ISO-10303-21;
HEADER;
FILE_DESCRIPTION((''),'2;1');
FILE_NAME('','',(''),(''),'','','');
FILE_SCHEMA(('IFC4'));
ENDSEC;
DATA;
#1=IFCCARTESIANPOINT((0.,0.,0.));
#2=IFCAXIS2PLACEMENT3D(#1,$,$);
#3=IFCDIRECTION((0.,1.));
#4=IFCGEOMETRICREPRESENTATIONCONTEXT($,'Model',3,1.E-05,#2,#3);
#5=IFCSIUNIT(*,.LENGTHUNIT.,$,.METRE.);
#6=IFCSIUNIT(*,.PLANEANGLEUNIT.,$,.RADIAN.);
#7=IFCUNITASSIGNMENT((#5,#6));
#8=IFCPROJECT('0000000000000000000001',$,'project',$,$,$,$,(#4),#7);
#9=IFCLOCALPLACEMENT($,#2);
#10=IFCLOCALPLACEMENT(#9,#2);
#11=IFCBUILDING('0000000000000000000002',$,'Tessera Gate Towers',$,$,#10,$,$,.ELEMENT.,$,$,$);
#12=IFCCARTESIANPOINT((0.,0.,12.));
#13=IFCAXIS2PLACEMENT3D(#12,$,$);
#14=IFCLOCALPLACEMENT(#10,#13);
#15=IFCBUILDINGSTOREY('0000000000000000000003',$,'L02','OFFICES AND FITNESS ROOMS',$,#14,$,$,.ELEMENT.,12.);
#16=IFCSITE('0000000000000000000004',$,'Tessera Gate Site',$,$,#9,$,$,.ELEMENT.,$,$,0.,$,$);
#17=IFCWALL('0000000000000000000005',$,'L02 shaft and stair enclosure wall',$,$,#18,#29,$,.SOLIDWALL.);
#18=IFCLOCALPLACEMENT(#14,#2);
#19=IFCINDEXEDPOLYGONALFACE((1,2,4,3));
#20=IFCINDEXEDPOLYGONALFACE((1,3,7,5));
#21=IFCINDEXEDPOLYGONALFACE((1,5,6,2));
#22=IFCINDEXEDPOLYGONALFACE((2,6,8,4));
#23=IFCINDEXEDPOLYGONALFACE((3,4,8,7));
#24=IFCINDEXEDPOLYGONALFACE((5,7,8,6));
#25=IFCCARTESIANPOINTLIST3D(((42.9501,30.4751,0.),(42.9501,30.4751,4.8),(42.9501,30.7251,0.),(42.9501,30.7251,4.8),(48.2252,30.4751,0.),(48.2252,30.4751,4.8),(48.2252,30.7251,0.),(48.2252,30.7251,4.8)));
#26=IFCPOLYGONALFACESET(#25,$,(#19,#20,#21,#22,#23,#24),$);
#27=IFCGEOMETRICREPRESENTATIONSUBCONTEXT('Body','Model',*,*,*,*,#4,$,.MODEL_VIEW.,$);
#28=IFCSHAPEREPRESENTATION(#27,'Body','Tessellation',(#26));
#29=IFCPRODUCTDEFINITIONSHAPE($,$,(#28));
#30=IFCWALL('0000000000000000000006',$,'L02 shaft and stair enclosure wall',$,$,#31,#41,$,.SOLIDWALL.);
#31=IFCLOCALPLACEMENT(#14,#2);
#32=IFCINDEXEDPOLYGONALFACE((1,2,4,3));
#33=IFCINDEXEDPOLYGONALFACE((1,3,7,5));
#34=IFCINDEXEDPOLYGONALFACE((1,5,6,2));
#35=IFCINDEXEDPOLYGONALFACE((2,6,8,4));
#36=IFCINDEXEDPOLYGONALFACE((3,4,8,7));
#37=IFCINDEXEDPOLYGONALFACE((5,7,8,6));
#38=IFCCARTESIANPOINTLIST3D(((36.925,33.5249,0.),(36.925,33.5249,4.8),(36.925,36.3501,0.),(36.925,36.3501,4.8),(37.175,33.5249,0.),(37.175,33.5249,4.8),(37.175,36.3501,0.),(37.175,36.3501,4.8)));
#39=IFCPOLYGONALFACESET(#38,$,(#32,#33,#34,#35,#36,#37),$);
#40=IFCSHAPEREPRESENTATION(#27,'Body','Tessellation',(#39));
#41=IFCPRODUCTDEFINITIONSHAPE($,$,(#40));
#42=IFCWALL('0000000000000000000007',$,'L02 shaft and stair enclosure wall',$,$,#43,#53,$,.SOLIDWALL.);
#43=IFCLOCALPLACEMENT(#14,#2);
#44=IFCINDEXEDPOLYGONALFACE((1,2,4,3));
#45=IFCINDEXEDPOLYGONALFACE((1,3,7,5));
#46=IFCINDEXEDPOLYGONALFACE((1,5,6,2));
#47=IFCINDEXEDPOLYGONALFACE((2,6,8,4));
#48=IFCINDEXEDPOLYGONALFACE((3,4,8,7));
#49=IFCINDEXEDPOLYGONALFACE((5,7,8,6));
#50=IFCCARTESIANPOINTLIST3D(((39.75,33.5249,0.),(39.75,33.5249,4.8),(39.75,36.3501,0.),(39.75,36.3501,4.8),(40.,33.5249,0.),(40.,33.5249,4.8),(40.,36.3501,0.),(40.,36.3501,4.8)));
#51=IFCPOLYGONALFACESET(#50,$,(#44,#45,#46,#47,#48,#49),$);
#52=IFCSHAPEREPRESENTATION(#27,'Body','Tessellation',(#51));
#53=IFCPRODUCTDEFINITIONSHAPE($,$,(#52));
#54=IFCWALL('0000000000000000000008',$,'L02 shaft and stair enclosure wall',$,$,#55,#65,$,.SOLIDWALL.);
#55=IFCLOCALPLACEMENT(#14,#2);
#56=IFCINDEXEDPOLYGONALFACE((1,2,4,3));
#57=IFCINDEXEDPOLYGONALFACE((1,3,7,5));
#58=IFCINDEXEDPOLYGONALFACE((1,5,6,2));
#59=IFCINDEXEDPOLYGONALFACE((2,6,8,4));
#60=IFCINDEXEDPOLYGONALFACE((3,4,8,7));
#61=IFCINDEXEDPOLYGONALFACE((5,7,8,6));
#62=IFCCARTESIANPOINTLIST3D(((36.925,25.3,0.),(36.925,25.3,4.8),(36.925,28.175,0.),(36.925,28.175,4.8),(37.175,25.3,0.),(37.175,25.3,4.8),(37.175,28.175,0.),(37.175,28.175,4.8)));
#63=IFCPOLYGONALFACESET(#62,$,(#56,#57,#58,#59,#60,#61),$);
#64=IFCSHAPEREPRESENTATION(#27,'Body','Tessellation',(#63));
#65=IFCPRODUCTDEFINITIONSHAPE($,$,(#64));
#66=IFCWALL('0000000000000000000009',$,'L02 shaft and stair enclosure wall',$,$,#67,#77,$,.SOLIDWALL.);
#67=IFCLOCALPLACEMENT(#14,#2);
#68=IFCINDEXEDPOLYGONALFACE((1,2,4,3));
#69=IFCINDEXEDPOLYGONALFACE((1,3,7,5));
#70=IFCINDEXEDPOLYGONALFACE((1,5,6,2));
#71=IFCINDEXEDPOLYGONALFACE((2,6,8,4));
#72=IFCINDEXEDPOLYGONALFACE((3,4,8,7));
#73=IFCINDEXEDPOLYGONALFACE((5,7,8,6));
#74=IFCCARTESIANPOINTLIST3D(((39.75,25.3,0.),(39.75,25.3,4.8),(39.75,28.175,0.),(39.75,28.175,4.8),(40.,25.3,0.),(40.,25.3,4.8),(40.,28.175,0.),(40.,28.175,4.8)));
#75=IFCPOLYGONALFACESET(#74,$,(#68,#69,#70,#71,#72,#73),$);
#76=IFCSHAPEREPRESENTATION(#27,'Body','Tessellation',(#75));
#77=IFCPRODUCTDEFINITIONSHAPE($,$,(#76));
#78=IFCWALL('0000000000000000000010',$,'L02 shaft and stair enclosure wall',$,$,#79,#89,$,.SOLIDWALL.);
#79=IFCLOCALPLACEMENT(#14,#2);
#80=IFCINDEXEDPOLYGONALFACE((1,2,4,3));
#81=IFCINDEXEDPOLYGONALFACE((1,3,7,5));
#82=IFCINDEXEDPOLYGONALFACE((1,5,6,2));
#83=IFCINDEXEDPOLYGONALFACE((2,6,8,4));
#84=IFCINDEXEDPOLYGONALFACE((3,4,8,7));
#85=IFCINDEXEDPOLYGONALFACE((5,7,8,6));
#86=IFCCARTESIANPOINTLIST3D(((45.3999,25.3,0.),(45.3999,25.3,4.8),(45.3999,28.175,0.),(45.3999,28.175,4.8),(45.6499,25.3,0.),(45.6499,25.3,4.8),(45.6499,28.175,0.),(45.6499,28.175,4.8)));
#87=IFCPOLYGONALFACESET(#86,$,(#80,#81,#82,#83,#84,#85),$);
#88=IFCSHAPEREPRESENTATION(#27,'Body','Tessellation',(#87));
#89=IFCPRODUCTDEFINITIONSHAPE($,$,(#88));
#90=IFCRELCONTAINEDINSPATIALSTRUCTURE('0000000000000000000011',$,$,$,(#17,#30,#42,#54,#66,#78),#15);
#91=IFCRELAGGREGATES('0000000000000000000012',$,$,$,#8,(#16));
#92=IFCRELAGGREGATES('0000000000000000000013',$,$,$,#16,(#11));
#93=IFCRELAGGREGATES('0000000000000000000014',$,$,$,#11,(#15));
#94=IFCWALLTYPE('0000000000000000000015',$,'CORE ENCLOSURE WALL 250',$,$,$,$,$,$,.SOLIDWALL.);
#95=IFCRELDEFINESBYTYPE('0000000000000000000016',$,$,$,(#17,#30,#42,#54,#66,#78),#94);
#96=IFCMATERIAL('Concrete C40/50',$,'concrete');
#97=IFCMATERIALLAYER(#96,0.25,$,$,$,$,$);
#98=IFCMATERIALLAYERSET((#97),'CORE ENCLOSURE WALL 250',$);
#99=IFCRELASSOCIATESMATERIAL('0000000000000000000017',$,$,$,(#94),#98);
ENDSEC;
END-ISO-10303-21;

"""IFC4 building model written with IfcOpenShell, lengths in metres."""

from ifc_helpers import new_model, si_unit, direction, frame, frame_2d, origin, place, context, subcontext, project, spatial, rectangle, extrude, material, layer, layer_set, type_object, element, save


model = new_model("IFC4")

# Units and contexts
model_context = context("Model", 3, precision=1e-05, world=origin(), true_north=direction((0.0, 1.0)))
body_context = subcontext(model_context, "Body", "Model", "MODEL_VIEW")
ifc_project = project(units=[si_unit("LENGTHUNIT", "METRE"), si_unit("PLANEANGLEUNIT", "RADIAN")], contexts=[model_context])

# Site, building, storey
site_placement = place(None, origin())
site = spatial("IfcSite", under=ifc_project, at=site_placement, Name="Tessera Gate Site", CompositionType="ELEMENT", RefElevation=0.0)
building_placement = place(site_placement, origin())
building = spatial("IfcBuilding", under=site, at=building_placement, Name="Tessera Gate Towers", CompositionType="ELEMENT")
storey_placement = place(building_placement, frame((0.0, 0.0, 12.0)))
storey = spatial("IfcBuildingStorey", under=building, at=storey_placement, Name="L02", Description="OFFICES AND FITNESS ROOMS", CompositionType="ELEMENT", Elevation=12.0)

# Shared definitions
ifc_material_1 = material(Name="Concrete C40/50", Category="concrete")
ifc_layer = layer(ifc_material_1, 0.25)
ifc_layer_set = layer_set([ifc_layer], Name="CORE ENCLOSURE WALL 250")
wall_type = type_object("IfcWallType", Name="CORE ENCLOSURE WALL 250", PredefinedType="SOLIDWALL", material=ifc_layer_set)

# Walls
wall_1_placement = place(storey_placement, frame((42.95, 30.6001, 0.0), z_axis=(0.0, 0.0, 1.0), x_axis=(1.0, 0.0, 0.0)))
element("IfcWall", 1, at=wall_1_placement, inside=storey, type_object=wall_type, Name="L02 shaft and stair enclosure wall", PredefinedType="SOLIDWALL", context=body_context, shape_type="SweptSolid", body=[
    extrude(rectangle(XDim=5.2751, YDim=0.25, at=frame_2d((2.6377, 0.0))), origin(), (0.0, 0.0, 1.0), 4.8),
])
for number, where, z_axis, x_axis, name in (
    (2, (37.05, 33.5249, 0.0), (0.0, 0.0, 1.0), (0.0, 1.0, 0.0), "L02 shaft and stair enclosure wall"),
    (3, (39.875, 33.5249, 0.0), (0.0, 0.0, 1.0), (0.0, 1.0, 0.0), "L02 shaft and stair enclosure wall"),
):
    element("IfcWall", number, at=place(storey_placement, frame(where, z_axis=z_axis, x_axis=x_axis)), inside=storey, type_object=wall_type, Name=name, PredefinedType="SOLIDWALL", context=body_context, shape_type="SweptSolid", body=[
        extrude(rectangle(XDim=2.8252, YDim=0.25, at=frame_2d((1.4126, 0.0))), origin(), (0.0, 0.0, 1.0), 4.8),
    ])
for number, where, z_axis, x_axis, name in (
    (4, (37.05, 25.3, 0.0), (0.0, 0.0, 1.0), (0.0, 1.0, 0.0), "L02 shaft and stair enclosure wall"),
    (5, (39.875, 25.3, 0.0), (0.0, 0.0, 1.0), (0.0, 1.0, 0.0), "L02 shaft and stair enclosure wall"),
    (6, (45.5249, 25.3, 0.0), (0.0, 0.0, 1.0), (0.0, 1.0, 0.0), "L02 shaft and stair enclosure wall"),
):
    element("IfcWall", number, at=place(storey_placement, frame(where, z_axis=z_axis, x_axis=x_axis)), inside=storey, type_object=wall_type, Name=name, PredefinedType="SOLIDWALL", context=body_context, shape_type="SweptSolid", body=[
        extrude(rectangle(XDim=2.875, YDim=0.25, at=frame_2d((1.4375, 0.0))), origin(), (0.0, 0.0, 1.0), 4.8),
    ])

save(model, "model.ifc")
